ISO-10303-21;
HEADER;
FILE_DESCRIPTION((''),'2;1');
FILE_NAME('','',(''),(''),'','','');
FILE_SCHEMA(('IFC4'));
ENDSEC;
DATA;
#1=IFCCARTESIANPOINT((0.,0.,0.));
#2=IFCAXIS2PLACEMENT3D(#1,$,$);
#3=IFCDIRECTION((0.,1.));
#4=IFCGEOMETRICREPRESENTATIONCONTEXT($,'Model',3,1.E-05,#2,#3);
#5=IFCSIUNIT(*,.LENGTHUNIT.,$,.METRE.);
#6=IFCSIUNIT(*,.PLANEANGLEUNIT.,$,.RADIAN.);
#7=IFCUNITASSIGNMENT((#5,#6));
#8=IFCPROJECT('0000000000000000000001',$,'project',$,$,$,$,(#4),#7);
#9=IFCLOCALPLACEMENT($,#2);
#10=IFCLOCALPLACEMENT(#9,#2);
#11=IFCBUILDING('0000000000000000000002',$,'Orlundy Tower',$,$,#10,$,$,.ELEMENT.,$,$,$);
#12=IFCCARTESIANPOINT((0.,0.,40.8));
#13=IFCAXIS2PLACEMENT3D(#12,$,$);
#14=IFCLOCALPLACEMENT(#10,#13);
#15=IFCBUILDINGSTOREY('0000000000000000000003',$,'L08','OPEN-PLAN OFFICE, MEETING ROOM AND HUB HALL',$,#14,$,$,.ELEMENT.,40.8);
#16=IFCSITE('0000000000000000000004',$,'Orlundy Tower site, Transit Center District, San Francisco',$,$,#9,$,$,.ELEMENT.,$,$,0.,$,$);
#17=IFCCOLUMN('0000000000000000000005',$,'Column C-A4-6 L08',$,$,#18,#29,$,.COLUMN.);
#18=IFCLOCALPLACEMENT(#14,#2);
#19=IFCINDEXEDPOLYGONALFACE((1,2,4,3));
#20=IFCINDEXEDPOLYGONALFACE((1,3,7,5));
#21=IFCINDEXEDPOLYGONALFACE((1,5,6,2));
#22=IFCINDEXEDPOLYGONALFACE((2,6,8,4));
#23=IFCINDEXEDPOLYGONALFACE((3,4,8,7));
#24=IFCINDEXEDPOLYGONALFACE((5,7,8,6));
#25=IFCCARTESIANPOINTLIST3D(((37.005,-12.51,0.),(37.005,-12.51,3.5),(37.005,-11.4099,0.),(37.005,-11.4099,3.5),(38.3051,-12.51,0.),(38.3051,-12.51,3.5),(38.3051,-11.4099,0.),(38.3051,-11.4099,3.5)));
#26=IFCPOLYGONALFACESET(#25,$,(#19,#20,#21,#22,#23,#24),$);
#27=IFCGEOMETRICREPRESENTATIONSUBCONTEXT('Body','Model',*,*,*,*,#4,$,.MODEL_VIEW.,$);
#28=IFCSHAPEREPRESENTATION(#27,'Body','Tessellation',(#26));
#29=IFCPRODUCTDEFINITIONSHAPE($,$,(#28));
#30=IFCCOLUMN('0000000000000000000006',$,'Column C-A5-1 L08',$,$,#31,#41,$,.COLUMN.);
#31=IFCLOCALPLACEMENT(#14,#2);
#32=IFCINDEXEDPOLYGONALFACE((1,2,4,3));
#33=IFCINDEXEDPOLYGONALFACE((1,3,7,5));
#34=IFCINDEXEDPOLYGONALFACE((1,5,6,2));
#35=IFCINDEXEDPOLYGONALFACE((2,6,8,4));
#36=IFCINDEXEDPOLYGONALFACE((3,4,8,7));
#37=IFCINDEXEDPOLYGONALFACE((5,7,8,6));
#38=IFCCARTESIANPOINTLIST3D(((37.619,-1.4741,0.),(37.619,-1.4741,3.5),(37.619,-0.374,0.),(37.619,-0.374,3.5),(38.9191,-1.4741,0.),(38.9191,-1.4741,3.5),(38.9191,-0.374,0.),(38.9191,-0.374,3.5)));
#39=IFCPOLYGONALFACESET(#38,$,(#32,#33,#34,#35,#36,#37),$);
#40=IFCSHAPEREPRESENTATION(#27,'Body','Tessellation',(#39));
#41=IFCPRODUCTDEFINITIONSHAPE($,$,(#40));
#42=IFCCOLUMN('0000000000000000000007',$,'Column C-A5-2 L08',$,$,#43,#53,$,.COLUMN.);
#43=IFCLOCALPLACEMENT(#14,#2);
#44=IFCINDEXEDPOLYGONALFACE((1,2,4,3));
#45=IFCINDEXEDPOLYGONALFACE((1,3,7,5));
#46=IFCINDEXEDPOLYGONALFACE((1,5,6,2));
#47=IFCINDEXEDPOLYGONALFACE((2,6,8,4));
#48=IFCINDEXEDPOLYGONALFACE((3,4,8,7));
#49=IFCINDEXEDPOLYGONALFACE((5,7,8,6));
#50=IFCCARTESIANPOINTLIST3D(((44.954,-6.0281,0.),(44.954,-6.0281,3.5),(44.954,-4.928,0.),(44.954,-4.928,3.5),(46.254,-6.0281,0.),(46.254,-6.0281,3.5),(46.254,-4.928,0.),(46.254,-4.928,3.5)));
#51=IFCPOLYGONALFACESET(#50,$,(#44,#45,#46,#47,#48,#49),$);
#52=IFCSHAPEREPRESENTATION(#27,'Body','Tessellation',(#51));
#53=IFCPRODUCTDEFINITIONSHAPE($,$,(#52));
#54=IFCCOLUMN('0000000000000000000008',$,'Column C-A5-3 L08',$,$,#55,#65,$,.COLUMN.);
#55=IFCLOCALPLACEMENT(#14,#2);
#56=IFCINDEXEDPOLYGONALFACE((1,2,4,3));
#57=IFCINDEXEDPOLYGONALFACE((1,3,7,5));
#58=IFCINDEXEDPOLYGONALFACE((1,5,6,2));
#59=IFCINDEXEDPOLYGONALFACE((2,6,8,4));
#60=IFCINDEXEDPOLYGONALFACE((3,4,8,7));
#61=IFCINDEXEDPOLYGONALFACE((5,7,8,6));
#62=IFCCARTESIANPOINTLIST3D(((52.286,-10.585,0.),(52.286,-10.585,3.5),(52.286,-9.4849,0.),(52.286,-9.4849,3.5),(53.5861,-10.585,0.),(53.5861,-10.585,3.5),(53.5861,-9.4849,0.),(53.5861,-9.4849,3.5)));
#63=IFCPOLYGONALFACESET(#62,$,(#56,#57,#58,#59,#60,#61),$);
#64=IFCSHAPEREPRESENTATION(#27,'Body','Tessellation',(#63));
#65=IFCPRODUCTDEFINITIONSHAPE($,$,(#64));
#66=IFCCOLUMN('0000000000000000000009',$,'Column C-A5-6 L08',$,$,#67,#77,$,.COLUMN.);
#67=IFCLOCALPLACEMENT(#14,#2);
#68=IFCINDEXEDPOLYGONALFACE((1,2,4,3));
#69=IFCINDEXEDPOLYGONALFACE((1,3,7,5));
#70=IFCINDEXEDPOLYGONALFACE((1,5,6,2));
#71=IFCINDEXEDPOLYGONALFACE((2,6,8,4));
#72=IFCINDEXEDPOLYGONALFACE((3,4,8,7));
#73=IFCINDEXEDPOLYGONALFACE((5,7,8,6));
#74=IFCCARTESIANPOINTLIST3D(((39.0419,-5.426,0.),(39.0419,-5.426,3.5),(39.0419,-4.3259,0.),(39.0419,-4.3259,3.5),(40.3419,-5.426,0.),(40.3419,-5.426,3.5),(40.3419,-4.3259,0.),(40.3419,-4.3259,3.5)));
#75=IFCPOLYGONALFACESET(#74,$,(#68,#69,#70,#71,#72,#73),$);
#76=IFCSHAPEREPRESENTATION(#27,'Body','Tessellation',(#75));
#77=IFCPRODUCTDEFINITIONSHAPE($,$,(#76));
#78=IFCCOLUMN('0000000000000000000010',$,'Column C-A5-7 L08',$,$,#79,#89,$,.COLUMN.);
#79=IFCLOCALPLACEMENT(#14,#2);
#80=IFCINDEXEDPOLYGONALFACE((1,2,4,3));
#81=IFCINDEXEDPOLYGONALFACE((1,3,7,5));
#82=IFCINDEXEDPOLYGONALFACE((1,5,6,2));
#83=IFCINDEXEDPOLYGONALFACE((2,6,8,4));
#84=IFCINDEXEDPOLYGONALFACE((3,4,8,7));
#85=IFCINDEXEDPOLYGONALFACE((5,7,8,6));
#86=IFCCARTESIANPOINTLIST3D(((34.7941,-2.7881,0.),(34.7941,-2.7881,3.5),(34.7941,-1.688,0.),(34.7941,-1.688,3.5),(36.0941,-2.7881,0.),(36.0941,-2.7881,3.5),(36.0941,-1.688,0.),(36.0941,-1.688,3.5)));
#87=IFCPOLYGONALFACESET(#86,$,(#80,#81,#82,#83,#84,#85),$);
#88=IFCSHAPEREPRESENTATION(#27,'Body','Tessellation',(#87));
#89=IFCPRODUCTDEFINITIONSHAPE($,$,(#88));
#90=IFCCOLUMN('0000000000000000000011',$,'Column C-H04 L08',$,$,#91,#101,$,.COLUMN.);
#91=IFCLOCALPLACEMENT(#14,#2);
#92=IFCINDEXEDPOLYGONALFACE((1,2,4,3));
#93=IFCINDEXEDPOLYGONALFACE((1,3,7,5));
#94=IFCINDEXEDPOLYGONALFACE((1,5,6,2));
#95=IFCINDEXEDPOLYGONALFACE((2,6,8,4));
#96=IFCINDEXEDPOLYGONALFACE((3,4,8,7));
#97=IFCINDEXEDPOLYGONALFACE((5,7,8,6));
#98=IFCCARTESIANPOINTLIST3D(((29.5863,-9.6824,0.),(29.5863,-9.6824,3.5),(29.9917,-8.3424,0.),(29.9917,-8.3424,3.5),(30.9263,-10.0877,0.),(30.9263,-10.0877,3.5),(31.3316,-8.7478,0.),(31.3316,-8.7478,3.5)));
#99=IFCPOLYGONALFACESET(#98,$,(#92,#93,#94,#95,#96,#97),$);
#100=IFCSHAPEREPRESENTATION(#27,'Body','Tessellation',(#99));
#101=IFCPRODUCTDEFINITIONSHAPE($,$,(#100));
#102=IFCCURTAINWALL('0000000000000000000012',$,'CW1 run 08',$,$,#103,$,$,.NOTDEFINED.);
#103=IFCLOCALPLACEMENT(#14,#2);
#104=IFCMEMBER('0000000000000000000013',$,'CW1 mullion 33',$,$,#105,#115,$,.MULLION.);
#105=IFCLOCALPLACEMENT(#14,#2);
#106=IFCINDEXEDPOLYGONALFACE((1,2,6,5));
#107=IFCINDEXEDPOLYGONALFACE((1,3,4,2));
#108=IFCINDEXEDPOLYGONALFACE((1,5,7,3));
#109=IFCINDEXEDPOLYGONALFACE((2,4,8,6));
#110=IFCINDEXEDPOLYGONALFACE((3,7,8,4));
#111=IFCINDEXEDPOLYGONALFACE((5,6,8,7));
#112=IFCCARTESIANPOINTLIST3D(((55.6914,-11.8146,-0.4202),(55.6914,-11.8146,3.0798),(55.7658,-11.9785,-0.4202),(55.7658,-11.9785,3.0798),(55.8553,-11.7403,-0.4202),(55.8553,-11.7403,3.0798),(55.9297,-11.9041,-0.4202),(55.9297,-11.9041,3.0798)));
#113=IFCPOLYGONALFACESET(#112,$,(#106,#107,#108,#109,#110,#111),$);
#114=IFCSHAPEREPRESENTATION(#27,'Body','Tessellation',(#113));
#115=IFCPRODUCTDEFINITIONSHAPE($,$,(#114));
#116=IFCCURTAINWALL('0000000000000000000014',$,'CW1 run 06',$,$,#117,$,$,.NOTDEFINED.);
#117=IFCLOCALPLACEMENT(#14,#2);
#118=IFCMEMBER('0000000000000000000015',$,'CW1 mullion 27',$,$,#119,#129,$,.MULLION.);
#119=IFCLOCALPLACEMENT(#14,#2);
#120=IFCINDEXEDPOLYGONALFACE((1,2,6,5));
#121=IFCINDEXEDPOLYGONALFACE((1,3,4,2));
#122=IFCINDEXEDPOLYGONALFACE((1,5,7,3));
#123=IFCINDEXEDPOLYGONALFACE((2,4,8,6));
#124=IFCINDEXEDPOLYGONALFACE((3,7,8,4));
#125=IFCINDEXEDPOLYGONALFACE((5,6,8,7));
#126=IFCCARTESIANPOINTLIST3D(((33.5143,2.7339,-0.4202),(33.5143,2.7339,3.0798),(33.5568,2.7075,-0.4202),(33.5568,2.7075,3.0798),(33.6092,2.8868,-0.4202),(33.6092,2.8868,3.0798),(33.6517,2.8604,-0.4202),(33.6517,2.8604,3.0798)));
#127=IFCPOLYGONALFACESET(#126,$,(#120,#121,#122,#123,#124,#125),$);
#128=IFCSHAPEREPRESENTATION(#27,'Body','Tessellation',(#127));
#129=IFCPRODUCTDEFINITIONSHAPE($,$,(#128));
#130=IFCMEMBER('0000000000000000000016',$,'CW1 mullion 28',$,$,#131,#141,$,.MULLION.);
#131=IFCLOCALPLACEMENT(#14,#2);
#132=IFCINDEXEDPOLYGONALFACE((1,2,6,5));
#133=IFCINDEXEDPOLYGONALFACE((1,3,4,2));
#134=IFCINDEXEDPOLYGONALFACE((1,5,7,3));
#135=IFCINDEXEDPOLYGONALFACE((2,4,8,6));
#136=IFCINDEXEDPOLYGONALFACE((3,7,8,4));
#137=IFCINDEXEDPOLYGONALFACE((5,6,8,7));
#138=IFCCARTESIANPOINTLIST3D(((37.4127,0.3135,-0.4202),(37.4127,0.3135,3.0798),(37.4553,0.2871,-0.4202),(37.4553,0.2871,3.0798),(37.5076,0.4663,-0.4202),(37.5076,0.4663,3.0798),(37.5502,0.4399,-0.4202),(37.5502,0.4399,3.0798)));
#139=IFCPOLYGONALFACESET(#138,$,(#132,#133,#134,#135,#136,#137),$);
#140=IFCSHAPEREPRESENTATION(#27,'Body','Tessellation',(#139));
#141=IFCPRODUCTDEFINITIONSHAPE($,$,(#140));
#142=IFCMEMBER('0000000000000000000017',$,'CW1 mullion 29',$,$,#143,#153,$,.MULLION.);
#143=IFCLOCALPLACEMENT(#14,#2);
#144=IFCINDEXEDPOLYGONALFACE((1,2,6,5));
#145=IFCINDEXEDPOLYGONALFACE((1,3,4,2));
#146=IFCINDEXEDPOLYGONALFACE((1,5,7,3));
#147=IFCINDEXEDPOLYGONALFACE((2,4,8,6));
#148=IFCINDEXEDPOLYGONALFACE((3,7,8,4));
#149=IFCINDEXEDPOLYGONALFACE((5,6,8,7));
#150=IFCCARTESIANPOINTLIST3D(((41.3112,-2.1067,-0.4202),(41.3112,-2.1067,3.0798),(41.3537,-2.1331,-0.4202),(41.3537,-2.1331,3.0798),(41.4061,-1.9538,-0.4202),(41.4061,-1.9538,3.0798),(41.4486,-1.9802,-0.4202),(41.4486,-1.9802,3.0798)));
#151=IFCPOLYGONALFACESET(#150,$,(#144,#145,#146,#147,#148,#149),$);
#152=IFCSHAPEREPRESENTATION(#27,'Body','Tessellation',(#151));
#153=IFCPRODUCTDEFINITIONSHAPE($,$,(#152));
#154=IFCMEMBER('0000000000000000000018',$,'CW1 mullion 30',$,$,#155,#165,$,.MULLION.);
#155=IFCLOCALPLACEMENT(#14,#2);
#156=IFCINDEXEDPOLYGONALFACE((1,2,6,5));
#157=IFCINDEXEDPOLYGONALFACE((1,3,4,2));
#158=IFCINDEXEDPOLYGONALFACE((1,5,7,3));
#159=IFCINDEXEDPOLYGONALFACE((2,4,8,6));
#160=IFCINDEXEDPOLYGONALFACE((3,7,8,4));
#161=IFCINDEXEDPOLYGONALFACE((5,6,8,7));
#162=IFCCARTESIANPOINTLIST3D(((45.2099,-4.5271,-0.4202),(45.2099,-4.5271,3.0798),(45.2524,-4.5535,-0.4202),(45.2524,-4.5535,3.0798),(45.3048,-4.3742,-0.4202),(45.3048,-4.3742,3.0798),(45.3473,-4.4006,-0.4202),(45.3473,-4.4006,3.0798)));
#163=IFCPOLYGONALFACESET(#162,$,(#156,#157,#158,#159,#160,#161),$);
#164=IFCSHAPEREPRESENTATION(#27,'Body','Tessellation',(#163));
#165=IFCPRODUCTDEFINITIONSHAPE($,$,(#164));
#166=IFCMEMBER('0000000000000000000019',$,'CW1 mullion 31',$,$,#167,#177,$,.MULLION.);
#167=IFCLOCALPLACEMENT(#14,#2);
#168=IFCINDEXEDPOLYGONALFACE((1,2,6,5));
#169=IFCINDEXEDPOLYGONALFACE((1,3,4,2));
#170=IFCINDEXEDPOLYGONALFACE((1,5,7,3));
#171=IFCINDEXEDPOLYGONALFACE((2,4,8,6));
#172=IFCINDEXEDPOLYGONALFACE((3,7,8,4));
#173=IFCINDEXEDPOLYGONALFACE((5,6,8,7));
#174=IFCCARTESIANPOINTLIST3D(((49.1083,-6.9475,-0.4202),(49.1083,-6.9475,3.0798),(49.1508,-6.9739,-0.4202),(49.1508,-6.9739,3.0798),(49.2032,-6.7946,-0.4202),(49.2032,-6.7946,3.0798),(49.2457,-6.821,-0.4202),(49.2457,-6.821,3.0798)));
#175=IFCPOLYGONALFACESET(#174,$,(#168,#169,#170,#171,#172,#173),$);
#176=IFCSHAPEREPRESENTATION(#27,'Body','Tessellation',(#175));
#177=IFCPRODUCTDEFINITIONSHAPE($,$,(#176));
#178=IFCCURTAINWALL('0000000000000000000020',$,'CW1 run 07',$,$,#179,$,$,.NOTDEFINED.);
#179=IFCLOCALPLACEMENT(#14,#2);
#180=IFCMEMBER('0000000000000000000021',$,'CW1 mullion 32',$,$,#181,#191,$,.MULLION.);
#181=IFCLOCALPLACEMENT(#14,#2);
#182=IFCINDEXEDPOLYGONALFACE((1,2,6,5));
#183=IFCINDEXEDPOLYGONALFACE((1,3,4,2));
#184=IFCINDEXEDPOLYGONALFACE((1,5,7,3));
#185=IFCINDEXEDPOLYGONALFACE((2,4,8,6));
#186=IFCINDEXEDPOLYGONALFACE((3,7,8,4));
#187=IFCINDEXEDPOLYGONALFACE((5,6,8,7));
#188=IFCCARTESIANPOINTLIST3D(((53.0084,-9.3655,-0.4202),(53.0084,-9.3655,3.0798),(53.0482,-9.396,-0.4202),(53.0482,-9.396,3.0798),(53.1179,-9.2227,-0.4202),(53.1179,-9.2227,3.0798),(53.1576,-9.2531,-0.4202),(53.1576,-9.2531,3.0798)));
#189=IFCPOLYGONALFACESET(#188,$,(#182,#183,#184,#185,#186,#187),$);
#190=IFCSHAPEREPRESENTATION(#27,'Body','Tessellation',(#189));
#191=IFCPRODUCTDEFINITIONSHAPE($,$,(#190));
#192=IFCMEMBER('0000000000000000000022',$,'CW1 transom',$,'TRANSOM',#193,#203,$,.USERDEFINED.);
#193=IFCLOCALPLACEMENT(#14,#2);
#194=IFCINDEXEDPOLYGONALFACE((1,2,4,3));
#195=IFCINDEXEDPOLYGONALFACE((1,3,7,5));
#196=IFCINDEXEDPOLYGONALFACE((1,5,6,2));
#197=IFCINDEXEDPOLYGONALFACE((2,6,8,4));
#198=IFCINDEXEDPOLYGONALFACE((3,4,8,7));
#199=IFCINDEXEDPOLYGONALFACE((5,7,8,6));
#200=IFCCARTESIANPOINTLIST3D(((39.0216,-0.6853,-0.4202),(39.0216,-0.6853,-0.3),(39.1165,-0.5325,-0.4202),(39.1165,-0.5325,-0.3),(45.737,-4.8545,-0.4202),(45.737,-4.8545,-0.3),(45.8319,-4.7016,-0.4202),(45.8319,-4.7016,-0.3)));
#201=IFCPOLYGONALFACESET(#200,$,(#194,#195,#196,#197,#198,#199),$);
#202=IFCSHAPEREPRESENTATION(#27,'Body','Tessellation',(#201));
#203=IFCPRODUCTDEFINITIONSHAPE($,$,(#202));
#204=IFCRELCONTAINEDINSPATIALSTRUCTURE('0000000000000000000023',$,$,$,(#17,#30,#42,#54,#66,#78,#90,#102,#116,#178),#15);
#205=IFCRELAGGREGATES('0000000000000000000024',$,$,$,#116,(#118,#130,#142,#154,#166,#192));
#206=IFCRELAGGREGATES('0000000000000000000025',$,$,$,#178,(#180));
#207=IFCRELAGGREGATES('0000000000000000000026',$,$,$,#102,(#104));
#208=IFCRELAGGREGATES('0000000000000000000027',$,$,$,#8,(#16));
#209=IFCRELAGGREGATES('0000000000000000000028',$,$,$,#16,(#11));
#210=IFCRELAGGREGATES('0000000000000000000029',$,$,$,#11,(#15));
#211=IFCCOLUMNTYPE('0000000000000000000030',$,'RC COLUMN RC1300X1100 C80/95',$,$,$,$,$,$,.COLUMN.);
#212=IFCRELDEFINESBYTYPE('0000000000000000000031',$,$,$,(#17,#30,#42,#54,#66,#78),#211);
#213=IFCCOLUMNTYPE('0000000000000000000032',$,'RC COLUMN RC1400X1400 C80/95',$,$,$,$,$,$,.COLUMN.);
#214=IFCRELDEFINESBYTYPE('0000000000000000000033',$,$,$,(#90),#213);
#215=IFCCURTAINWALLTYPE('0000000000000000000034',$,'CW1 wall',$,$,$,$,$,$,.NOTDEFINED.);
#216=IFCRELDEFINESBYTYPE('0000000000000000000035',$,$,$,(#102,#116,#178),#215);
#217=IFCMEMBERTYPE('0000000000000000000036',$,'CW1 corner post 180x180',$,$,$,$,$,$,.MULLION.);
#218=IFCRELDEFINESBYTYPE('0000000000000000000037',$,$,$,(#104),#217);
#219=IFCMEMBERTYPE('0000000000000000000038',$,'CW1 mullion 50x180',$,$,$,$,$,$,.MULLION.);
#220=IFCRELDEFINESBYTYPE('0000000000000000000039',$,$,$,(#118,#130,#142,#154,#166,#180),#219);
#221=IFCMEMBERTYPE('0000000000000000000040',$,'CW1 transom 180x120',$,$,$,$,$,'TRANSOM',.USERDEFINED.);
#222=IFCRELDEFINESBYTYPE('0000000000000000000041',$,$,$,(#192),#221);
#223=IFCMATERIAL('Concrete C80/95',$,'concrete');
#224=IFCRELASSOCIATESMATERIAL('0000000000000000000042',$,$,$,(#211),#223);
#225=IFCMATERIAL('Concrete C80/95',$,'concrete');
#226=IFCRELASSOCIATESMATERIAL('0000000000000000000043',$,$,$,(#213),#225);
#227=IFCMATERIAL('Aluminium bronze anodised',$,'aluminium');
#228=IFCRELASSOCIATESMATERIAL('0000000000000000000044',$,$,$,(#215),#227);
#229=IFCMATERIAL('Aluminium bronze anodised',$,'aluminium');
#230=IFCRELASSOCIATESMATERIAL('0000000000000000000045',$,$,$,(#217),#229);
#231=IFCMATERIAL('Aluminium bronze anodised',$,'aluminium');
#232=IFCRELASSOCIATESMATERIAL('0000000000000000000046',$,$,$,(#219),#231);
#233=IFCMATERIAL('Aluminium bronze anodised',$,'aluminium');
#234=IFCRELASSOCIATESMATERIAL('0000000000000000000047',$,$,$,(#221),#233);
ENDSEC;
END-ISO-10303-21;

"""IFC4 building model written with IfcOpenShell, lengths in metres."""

from ifc_helpers import new_model, si_unit, direction, frame, origin, origin_2d, place, context, subcontext, project, spatial, rectangle, extrude, material, material_profile, profile_set, type_object, element, aggregate, save


model = new_model("IFC4")

# Units and contexts
model_context = context("Model", 3, precision=1e-05, world=origin(), true_north=direction((0.0, 1.0)))
body_context = subcontext(model_context, "Body", "Model", "MODEL_VIEW")
ifc_project = project(units=[si_unit("LENGTHUNIT", "METRE"), si_unit("PLANEANGLEUNIT", "RADIAN")], contexts=[model_context])

# Site, building, storey
site_placement = place(None, origin())
site = spatial("IfcSite", under=ifc_project, at=site_placement, Name="Orlundy Tower site, Transit Center District, San Francisco", CompositionType="ELEMENT", RefElevation=0.0)
building_placement = place(site_placement, origin())
building = spatial("IfcBuilding", under=site, at=building_placement, Name="Orlundy Tower", CompositionType="ELEMENT")
storey_placement = place(building_placement, frame((0.0, 0.0, 40.8)))
storey = spatial("IfcBuildingStorey", under=building, at=storey_placement, Name="L08", Description="OPEN-PLAN OFFICE, MEETING ROOM AND HUB HALL", CompositionType="ELEMENT", Elevation=40.8)

# Columns
ifc_material_1 = material(Name="Concrete C80/95", Category="concrete")
ifc_material_profile_1 = material_profile(ifc_material_1, rectangle(XDim=1.3, YDim=1.1001, at=origin_2d()), Name="RC1300X1100")
ifc_profile_set_1 = profile_set([ifc_material_profile_1], Name="Concrete C80/95")
column_type_1 = type_object("IfcColumnType", Name="RC COLUMN RC1300X1100 C80/95", PredefinedType="COLUMN", material=ifc_profile_set_1)
for number, where, z_axis, x_axis, name in (
    (1, (37.655, -11.96, 0.0), (0.0, 0.0, 1.0), (1.0, 0.0, 0.0), "Column C-A4-6 L08"),
    (2, (38.269, -0.9241, 0.0), (0.0, 0.0, 1.0), (1.0, 0.0, 0.0), "Column C-A5-1 L08"),
    (3, (45.604, -5.478, 0.0), (0.0, 0.0, 1.0), (1.0, 0.0, 0.0), "Column C-A5-2 L08"),
    (4, (52.936, -10.0349, 0.0), (0.0, 0.0, 1.0), (1.0, 0.0, 0.0), "Column C-A5-3 L08"),
    (5, (39.6919, -4.876, 0.0), (0.0, 0.0, 1.0), (1.0, 0.0, 0.0), "Column C-A5-6 L08"),
    (6, (35.4441, -2.238, 0.0), (0.0, 0.0, 1.0), (1.0, 0.0, 0.0), "Column C-A5-7 L08"),
):
    element("IfcColumn", number, at=place(storey_placement, frame(where, z_axis=z_axis, x_axis=x_axis)), inside=storey, type_object=column_type_1, Name=name, PredefinedType="COLUMN", context=body_context, shape_type="SweptSolid", body=[
        extrude(rectangle(XDim=1.3, YDim=1.1001, at=origin_2d()), origin(), (0.0, 0.0, 1.0), 3.5),
    ])
ifc_material_2 = material(Name="Concrete C80/95", Category="concrete")
ifc_material_profile_2 = material_profile(ifc_material_2, rectangle(XDim=1.3999, YDim=1.3999, at=origin_2d()), Name="RC1400X1400")
ifc_profile_set_2 = profile_set([ifc_material_profile_2], Name="Concrete C80/95")
column_type_2 = type_object("IfcColumnType", Name="RC COLUMN RC1400X1400 C80/95", PredefinedType="COLUMN", material=ifc_profile_set_2)
column_placement = place(storey_placement, frame((30.459, -9.2151, 0.0), z_axis=(0.0, 0.0, 1.0), x_axis=(0.957153, -0.289583, 0.0)))
element("IfcColumn", 7, at=column_placement, inside=storey, type_object=column_type_2, Name="Column C-H04 L08", PredefinedType="COLUMN", context=body_context, shape_type="SweptSolid", body=[
    extrude(rectangle(XDim=1.3999, YDim=1.3999, at=origin_2d()), origin(), (0.0, 0.0, 1.0), 3.5),
])

# Curtain wall, member
ifc_material_3 = material(Name="Aluminium bronze anodised", Category="aluminium")
curtain_wall_type = type_object("IfcCurtainWallType", Name="CW1 wall", PredefinedType="NOTDEFINED", material=ifc_material_3)
curtain_wall_1_placement = place(storey_placement, origin())
curtain_wall_1 = element("IfcCurtainWall", 8, at=curtain_wall_1_placement, inside=storey, type_object=curtain_wall_type, Name="CW1 run 08", PredefinedType="NOTDEFINED")
ifc_material_4 = material(Name="Aluminium bronze anodised", Category="aluminium")
ifc_material_profile_3 = material_profile(ifc_material_4, rectangle(XDim=0.1799, YDim=0.1799, at=origin_2d()), Name="CW1 corner post 180x180")
ifc_profile_set_3 = profile_set([ifc_material_profile_3], Name="Aluminium bronze anodised")
member_type_1 = type_object("IfcMemberType", Name="CW1 corner post 180x180", PredefinedType="MULLION", material=ifc_profile_set_3)
member_1_placement = place(storey_placement, frame((55.8105, -11.8594, -0.4202), z_axis=(0.0, 0.0, 1.0), x_axis=(0.910579, 0.413335, 0.0)))
member_1 = element("IfcMember", 9, at=member_1_placement, type_object=member_type_1, Name="CW1 mullion 33", PredefinedType="MULLION", context=body_context, shape_type="SweptSolid", body=[
    extrude(rectangle(XDim=0.1799, YDim=0.1799, at=origin_2d()), origin(), (0.0, 0.0, 1.0), 3.5),
])

# Curtain wall, members
curtain_wall_2_placement = place(storey_placement, origin())
curtain_wall_2 = element("IfcCurtainWall", 10, at=curtain_wall_2_placement, inside=storey, type_object=curtain_wall_type, Name="CW1 run 06", PredefinedType="NOTDEFINED")
ifc_material_5 = material(Name="Aluminium bronze anodised", Category="aluminium")
ifc_material_profile_4 = material_profile(ifc_material_5, rectangle(XDim=0.1799, YDim=0.05, at=origin_2d()), Name="CW1 mullion 50x180")
ifc_profile_set_4 = profile_set([ifc_material_profile_4], Name="Aluminium bronze anodised")
member_type_2 = type_object("IfcMemberType", Name="CW1 mullion 50x180", PredefinedType="MULLION", material=ifc_profile_set_4)
member_2_placement = place(storey_placement, frame((33.583, 2.7971, -0.4202), z_axis=(0.0, 0.0, 1.0), x_axis=(0.527453, 0.849584, 0.0)))
member_2 = element("IfcMember", 11, at=member_2_placement, type_object=member_type_2, Name="CW1 mullion 27", PredefinedType="MULLION", context=body_context, shape_type="SweptSolid", body=[
    extrude(rectangle(XDim=0.1799, YDim=0.05, at=origin_2d()), origin(), (0.0, 0.0, 1.0), 3.5),
])
member_3_placement = place(storey_placement, frame((37.4814, 0.3767, -0.4202), z_axis=(0.0, 0.0, 1.0), x_axis=(0.527453, 0.849584, 0.0)))
member_3 = element("IfcMember", 12, at=member_3_placement, type_object=member_type_2, Name="CW1 mullion 28", PredefinedType="MULLION", context=body_context, shape_type="SweptSolid", body=[
    extrude(rectangle(XDim=0.1799, YDim=0.05, at=origin_2d()), origin(), (0.0, 0.0, 1.0), 3.5),
])
member_4_placement = place(storey_placement, frame((41.3799, -2.0435, -0.4202), z_axis=(0.0, 0.0, 1.0), x_axis=(0.527453, 0.849584, 0.0)))
member_4 = element("IfcMember", 13, at=member_4_placement, type_object=member_type_2, Name="CW1 mullion 29", PredefinedType="MULLION", context=body_context, shape_type="SweptSolid", body=[
    extrude(rectangle(XDim=0.1799, YDim=0.05, at=origin_2d()), origin(), (0.0, 0.0, 1.0), 3.5),
])
member_5_placement = place(storey_placement, frame((45.2786, -4.4639, -0.4202), z_axis=(0.0, 0.0, 1.0), x_axis=(0.527453, 0.849584, 0.0)))
member_5 = element("IfcMember", 14, at=member_5_placement, type_object=member_type_2, Name="CW1 mullion 30", PredefinedType="MULLION", context=body_context, shape_type="SweptSolid", body=[
    extrude(rectangle(XDim=0.1799, YDim=0.05, at=origin_2d()), origin(), (0.0, 0.0, 1.0), 3.5),
])
member_6_placement = place(storey_placement, frame((49.177, -6.8843, -0.4202), z_axis=(0.0, 0.0, 1.0), x_axis=(0.527453, 0.849584, 0.0)))
member_6 = element("IfcMember", 15, at=member_6_placement, type_object=member_type_2, Name="CW1 mullion 31", PredefinedType="MULLION", context=body_context, shape_type="SweptSolid", body=[
    extrude(rectangle(XDim=0.1799, YDim=0.05, at=origin_2d()), origin(), (0.0, 0.0, 1.0), 3.5),
])

# Curtain wall, member
curtain_wall_3_placement = place(storey_placement, origin())
curtain_wall_3 = element("IfcCurtainWall", 16, at=curtain_wall_3_placement, inside=storey, type_object=curtain_wall_type, Name="CW1 run 07", PredefinedType="NOTDEFINED")
member_7_placement = place(storey_placement, frame((53.083, -9.3093, -0.4202), z_axis=(0.0, 0.0, 1.0), x_axis=(0.608137, 0.793832, 0.0)))
member_7 = element("IfcMember", 17, at=member_7_placement, type_object=member_type_2, Name="CW1 mullion 32", PredefinedType="MULLION", context=body_context, shape_type="SweptSolid", body=[
    extrude(rectangle(XDim=0.1799, YDim=0.05, at=origin_2d()), origin(), (0.0, 0.0, 1.0), 3.5),
])

# Member
ifc_material_6 = material(Name="Aluminium bronze anodised", Category="aluminium")
ifc_material_profile_5 = material_profile(ifc_material_6, rectangle(XDim=0.1799, YDim=0.1201, at=origin_2d()), Name="CW1 transom 180x120")
ifc_profile_set_5 = profile_set([ifc_material_profile_5], Name="Aluminium bronze anodised")
member_type_3 = type_object("IfcMemberType", Name="CW1 transom 180x120", ElementType="TRANSOM", PredefinedType="USERDEFINED", material=ifc_profile_set_5)
member_8_placement = place(storey_placement, frame((39.0691, -0.6089, -0.3601), z_axis=(0.849581, -0.527459, 0.0), x_axis=(0.527459, 0.849581, 0.0)))
member_8 = element("IfcMember", 18, at=member_8_placement, type_object=member_type_3, Name="CW1 transom", ObjectType="TRANSOM", PredefinedType="USERDEFINED", context=body_context, shape_type="SweptSolid", body=[
    extrude(rectangle(XDim=0.1799, YDim=0.1201, at=origin_2d()), origin(), (0.0, 0.0, 1.0), 7.9043),
])

aggregate(curtain_wall_2, [member_2, member_3, member_4, member_5, member_6, member_8])
aggregate(curtain_wall_3, [member_7])
aggregate(curtain_wall_1, [member_1])

save(model, "model.ifc")
